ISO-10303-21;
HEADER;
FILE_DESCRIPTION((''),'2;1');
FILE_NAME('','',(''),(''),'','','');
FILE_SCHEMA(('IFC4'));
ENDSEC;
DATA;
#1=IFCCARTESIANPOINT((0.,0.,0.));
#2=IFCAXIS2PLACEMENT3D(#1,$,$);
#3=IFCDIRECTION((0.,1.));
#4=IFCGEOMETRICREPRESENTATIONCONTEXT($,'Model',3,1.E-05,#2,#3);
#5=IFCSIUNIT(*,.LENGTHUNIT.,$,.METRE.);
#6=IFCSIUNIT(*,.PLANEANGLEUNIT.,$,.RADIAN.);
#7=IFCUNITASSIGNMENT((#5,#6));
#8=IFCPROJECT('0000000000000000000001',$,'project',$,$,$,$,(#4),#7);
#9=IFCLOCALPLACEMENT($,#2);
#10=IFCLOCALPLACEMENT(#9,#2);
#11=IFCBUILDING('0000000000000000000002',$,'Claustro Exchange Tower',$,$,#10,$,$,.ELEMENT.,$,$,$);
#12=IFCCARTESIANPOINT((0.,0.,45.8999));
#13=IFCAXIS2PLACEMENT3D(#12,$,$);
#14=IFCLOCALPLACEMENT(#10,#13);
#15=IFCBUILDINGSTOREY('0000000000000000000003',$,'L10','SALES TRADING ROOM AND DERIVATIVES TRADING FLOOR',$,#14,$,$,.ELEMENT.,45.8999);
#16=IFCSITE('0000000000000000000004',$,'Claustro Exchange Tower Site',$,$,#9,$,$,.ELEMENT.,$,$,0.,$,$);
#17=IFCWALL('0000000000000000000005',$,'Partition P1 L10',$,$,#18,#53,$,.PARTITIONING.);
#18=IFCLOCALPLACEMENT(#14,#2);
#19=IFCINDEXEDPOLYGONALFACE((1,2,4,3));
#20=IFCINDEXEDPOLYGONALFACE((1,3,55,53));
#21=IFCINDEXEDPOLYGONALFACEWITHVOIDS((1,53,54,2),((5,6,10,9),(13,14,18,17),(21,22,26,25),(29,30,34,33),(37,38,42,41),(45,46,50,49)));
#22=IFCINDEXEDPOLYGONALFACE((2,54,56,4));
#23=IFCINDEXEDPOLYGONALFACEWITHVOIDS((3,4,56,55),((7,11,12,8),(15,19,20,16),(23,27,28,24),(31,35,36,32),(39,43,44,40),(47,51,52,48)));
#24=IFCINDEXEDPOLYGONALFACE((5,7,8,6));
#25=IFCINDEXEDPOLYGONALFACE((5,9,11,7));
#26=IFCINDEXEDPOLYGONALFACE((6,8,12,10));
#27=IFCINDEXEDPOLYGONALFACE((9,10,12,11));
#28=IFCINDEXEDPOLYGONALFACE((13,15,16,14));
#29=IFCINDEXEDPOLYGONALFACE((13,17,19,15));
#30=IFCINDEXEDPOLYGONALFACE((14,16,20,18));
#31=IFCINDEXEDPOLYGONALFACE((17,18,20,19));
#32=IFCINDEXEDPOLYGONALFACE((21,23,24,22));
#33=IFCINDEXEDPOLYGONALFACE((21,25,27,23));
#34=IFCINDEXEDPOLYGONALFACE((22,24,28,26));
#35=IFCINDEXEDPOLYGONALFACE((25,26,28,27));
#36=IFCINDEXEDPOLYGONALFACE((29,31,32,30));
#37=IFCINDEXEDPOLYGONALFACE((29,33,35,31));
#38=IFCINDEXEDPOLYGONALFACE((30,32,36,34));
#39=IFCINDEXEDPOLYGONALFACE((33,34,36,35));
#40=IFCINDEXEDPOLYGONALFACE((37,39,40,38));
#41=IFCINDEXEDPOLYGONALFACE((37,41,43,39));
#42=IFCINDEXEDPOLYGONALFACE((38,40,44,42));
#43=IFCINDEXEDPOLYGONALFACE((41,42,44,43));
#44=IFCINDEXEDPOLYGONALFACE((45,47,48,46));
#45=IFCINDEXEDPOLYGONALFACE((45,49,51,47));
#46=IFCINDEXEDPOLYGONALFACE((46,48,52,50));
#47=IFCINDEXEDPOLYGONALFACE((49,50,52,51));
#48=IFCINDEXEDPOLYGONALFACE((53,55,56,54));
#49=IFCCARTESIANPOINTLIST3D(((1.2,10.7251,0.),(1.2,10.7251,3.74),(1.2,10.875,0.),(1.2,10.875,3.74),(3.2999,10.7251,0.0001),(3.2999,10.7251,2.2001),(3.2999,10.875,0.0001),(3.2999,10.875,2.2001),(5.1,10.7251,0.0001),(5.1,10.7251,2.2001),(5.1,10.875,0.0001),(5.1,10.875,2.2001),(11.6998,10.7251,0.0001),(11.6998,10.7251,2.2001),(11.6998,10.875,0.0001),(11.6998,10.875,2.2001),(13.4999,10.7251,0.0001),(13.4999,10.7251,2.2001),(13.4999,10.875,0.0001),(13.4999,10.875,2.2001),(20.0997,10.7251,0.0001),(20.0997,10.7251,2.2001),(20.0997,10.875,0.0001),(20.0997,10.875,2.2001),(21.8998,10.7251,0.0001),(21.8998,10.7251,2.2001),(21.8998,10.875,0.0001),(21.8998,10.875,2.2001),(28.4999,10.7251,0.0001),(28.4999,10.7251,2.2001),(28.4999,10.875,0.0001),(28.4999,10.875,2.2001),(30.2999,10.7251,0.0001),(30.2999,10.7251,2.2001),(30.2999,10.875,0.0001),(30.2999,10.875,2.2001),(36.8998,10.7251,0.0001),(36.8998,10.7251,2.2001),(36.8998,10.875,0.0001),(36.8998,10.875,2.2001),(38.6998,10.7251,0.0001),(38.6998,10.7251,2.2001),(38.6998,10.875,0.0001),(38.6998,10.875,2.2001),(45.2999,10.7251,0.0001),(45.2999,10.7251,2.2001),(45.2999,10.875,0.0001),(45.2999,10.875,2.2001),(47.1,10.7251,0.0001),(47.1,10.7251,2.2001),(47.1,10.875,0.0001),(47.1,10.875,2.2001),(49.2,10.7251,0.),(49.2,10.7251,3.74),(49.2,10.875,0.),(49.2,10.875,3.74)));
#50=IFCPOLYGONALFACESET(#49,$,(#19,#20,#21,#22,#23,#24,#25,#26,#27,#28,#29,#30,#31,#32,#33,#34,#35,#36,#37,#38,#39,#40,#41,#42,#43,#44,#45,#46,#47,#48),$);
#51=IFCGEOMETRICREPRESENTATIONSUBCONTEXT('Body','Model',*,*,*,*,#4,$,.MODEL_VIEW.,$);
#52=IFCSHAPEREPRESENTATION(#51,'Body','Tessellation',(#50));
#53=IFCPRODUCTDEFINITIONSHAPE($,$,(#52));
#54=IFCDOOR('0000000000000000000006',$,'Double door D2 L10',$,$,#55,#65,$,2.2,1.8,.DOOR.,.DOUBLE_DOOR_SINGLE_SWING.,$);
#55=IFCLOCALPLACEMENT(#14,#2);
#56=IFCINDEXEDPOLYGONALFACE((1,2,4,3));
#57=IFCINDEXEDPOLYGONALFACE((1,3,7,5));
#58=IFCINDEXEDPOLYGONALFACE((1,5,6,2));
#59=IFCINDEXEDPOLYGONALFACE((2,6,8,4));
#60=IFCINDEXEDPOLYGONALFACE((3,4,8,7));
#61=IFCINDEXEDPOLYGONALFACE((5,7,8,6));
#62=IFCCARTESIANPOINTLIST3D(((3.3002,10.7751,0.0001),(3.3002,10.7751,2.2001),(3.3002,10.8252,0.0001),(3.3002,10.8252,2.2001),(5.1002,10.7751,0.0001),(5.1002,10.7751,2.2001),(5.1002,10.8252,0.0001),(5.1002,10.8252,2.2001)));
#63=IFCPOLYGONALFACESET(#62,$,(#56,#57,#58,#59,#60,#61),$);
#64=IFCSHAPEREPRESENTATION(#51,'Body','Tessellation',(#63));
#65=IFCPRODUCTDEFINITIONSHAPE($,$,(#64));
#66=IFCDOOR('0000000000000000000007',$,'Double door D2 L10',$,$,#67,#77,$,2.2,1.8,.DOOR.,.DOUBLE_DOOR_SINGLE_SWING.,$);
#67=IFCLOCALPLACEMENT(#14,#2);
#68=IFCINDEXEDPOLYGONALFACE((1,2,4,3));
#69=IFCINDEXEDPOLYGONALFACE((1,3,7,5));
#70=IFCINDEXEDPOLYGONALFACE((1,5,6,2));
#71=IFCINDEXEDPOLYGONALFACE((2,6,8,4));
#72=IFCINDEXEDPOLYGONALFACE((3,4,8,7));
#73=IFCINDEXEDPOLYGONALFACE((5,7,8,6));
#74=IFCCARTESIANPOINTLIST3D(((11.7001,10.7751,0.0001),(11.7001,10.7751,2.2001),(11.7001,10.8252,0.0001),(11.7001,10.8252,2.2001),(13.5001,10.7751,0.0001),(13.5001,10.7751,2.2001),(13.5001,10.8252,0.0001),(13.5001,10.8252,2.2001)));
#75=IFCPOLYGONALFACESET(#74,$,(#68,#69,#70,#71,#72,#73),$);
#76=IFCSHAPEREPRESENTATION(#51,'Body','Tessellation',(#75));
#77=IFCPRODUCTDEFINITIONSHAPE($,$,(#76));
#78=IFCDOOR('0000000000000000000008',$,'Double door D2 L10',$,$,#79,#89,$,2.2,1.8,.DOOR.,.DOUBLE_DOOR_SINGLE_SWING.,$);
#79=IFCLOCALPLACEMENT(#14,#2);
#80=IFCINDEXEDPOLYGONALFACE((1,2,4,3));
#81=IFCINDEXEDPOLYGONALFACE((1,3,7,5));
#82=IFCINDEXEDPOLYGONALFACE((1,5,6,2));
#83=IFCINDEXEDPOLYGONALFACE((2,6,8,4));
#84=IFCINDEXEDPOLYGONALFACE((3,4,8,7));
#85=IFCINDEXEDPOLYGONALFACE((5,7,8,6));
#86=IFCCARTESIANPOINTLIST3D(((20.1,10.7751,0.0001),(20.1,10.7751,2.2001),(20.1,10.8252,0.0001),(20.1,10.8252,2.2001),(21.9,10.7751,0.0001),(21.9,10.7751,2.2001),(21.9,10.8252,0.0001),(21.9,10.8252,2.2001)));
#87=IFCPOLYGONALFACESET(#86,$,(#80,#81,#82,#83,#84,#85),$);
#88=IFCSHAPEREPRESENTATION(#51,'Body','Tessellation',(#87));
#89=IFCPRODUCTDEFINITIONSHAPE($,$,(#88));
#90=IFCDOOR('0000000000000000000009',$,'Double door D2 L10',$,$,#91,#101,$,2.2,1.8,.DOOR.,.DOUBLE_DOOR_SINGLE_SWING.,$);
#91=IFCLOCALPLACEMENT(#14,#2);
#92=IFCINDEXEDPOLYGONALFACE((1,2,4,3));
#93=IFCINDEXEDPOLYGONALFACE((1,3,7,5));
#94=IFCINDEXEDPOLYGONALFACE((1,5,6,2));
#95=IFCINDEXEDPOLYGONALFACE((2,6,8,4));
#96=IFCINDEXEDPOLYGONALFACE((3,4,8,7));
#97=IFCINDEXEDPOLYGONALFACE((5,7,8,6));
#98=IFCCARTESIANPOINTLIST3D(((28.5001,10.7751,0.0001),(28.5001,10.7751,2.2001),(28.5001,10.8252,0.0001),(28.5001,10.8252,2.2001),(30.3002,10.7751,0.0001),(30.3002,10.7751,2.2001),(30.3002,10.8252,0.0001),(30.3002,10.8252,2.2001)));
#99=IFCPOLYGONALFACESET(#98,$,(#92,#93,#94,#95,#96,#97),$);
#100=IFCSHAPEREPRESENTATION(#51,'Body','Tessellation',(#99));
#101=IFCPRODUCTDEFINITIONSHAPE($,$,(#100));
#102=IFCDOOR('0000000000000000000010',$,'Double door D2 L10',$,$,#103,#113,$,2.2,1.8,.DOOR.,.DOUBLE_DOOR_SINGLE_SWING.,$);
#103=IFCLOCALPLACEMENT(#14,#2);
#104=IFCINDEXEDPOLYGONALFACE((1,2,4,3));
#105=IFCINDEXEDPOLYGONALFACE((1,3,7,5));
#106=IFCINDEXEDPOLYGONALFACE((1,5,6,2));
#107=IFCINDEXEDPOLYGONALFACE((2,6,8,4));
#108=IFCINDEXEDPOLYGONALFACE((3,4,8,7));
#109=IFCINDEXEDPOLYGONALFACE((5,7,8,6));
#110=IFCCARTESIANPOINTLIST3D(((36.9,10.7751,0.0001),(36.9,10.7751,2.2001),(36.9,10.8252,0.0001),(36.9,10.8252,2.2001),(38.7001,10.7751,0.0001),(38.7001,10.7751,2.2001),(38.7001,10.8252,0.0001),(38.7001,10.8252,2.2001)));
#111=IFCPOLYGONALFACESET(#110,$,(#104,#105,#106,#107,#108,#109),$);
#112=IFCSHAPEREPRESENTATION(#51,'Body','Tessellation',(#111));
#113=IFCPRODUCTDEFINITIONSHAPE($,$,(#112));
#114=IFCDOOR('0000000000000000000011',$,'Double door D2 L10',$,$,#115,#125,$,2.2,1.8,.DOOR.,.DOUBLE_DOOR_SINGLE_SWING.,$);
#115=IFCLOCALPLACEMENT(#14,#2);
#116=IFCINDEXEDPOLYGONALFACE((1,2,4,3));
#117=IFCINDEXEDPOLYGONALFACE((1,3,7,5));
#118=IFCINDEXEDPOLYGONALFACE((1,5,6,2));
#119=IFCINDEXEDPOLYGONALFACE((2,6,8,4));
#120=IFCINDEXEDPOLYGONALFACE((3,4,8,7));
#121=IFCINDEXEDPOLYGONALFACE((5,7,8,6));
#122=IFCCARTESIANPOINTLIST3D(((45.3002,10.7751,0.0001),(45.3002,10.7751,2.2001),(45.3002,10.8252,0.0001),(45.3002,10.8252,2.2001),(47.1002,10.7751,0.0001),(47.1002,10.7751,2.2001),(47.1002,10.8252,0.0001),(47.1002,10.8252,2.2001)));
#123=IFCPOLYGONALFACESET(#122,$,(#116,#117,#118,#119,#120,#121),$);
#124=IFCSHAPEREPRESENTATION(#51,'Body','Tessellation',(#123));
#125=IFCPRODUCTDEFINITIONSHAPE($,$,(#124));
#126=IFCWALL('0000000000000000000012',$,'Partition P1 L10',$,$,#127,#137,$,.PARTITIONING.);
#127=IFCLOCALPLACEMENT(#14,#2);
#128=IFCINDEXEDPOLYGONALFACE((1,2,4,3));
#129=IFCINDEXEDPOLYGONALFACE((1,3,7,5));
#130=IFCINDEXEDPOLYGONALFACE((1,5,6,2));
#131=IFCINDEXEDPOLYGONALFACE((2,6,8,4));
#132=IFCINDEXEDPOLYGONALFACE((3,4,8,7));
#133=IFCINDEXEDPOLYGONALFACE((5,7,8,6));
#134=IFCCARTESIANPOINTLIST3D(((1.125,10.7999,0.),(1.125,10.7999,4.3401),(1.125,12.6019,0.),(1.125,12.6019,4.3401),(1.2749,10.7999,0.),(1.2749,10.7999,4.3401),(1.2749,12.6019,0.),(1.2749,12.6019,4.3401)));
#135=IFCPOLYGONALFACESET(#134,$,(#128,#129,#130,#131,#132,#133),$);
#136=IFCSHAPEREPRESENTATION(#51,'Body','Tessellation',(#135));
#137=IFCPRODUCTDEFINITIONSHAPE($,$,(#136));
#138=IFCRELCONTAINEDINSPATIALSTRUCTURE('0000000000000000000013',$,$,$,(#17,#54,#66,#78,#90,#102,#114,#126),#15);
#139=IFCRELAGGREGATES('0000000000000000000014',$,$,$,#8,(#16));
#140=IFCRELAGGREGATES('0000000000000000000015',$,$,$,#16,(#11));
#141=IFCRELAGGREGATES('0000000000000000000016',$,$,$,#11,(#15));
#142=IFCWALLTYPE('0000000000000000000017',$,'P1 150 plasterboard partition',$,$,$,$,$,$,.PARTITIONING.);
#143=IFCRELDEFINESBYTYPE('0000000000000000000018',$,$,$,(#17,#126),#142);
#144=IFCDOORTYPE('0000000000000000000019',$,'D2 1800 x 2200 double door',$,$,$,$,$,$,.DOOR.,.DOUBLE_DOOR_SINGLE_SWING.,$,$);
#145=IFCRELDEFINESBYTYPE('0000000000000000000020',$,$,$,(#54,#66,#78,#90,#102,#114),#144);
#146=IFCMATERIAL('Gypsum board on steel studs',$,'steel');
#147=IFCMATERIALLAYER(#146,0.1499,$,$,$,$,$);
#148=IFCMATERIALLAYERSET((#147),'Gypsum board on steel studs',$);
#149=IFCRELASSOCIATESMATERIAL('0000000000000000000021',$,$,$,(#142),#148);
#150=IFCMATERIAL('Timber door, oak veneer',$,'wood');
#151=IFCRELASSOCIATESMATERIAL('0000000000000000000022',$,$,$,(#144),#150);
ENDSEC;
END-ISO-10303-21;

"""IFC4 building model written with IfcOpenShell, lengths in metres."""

from ifc_helpers import new_model, si_unit, direction, frame, frame_2d, origin, place, context, subcontext, project, spatial, rectangle, extrude, material, layer, layer_set, type_object, element, fill, save


model = new_model("IFC4")

# Units and contexts
model_context = context("Model", 3, precision=1e-05, world=origin(), true_north=direction((0.0, 1.0)))
body_context = subcontext(model_context, "Body", "Model", "MODEL_VIEW")
ifc_project = project(units=[si_unit("LENGTHUNIT", "METRE"), si_unit("PLANEANGLEUNIT", "RADIAN")], contexts=[model_context])

# Site, building, storey
site_placement = place(None, origin())
site = spatial("IfcSite", under=ifc_project, at=site_placement, Name="Claustro Exchange Tower Site", CompositionType="ELEMENT", RefElevation=0.0)
building_placement = place(site_placement, origin())
building = spatial("IfcBuilding", under=site, at=building_placement, Name="Claustro Exchange Tower", CompositionType="ELEMENT")
storey_placement = place(building_placement, frame((0.0, 0.0, 45.8999)))
storey = spatial("IfcBuildingStorey", under=building, at=storey_placement, Name="L10", Description="SALES TRADING ROOM AND DERIVATIVES TRADING FLOOR", CompositionType="ELEMENT", Elevation=45.8999)

# Wall, openings, doors
ifc_material_1 = material(Name="Gypsum board on steel studs", Category="steel")
ifc_layer_1 = layer(ifc_material_1, 0.1499)
ifc_layer_set_1 = layer_set([ifc_layer_1], Name="Gypsum board on steel studs")
wall_type_1 = type_object("IfcWallType", Name="P1 150 plasterboard partition", PredefinedType="PARTITIONING", material=ifc_layer_set_1)
wall_1_placement = place(storey_placement, frame((1.2, 10.8, 0.0), z_axis=(0.0, 0.0, 1.0), x_axis=(1.0, 0.0, 0.0)))
wall_1 = element("IfcWall", 1, at=wall_1_placement, inside=storey, type_object=wall_type_1, Name="Partition P1 L10", PredefinedType="PARTITIONING", context=body_context, shape_type="SweptSolid", body=[
    extrude(rectangle(XDim=48.0, YDim=0.1499, at=frame_2d((24.0, 0.0))), origin(), (0.0, 0.0, 1.0), 3.74),
])
opening_1_placement = place(wall_1_placement, frame((2.1001, 0.0, 0.0)))
opening_1 = element("IfcOpeningElement", 2, at=opening_1_placement, cuts=wall_1, PredefinedType="OPENING", context=body_context, shape_type="SweptSolid", body=[
    extrude(rectangle(XDim=1.8, YDim=2.2, at=frame_2d((0.8999, 1.1001))), frame((0.0, 0.085, 0.0), z_axis=(0.0, -1.0, 0.0), x_axis=(1.0, 0.0, 0.0)), (0.0, 0.0, 1.0), 0.1699),
])
opening_2_placement = place(wall_1_placement, frame((10.5, 0.0, 0.0)))
opening_2 = element("IfcOpeningElement", 3, at=opening_2_placement, cuts=wall_1, PredefinedType="OPENING", context=body_context, shape_type="SweptSolid", body=[
    extrude(rectangle(XDim=1.8, YDim=2.2, at=frame_2d((0.8999, 1.1001))), frame((0.0, 0.085, 0.0), z_axis=(0.0, -1.0, 0.0), x_axis=(1.0, 0.0, 0.0)), (0.0, 0.0, 1.0), 0.1699),
])
opening_3_placement = place(wall_1_placement, frame((18.8999, 0.0, 0.0)))
opening_3 = element("IfcOpeningElement", 4, at=opening_3_placement, cuts=wall_1, PredefinedType="OPENING", context=body_context, shape_type="SweptSolid", body=[
    extrude(rectangle(XDim=1.8, YDim=2.2, at=frame_2d((0.8999, 1.1001))), frame((0.0, 0.085, 0.0), z_axis=(0.0, -1.0, 0.0), x_axis=(1.0, 0.0, 0.0)), (0.0, 0.0, 1.0), 0.1699),
])
opening_4_placement = place(wall_1_placement, frame((27.3, 0.0, 0.0)))
opening_4 = element("IfcOpeningElement", 5, at=opening_4_placement, cuts=wall_1, PredefinedType="OPENING", context=body_context, shape_type="SweptSolid", body=[
    extrude(rectangle(XDim=1.8, YDim=2.2, at=frame_2d((0.8999, 1.1001))), frame((0.0, 0.085, 0.0), z_axis=(0.0, -1.0, 0.0), x_axis=(1.0, 0.0, 0.0)), (0.0, 0.0, 1.0), 0.1699),
])
opening_5_placement = place(wall_1_placement, frame((35.7, 0.0, 0.0)))
opening_5 = element("IfcOpeningElement", 6, at=opening_5_placement, cuts=wall_1, PredefinedType="OPENING", context=body_context, shape_type="SweptSolid", body=[
    extrude(rectangle(XDim=1.8, YDim=2.2, at=frame_2d((0.8999, 1.1001))), frame((0.0, 0.085, 0.0), z_axis=(0.0, -1.0, 0.0), x_axis=(1.0, 0.0, 0.0)), (0.0, 0.0, 1.0), 0.1699),
])
opening_6_placement = place(wall_1_placement, frame((44.1001, 0.0, 0.0)))
opening_6 = element("IfcOpeningElement", 7, at=opening_6_placement, cuts=wall_1, PredefinedType="OPENING", context=body_context, shape_type="SweptSolid", body=[
    extrude(rectangle(XDim=1.8, YDim=2.2, at=frame_2d((0.8999, 1.1001))), frame((0.0, 0.085, 0.0), z_axis=(0.0, -1.0, 0.0), x_axis=(1.0, 0.0, 0.0)), (0.0, 0.0, 1.0), 0.1699),
])
ifc_material_2 = material(Name="Timber door, oak veneer", Category="wood")
door_type_1 = type_object("IfcDoorType", Name="D2 1800 x 2200 double door", OperationType="DOUBLE_DOOR_SINGLE_SWING", PredefinedType="DOOR", material=ifc_material_2)
door_1_placement = place(opening_1_placement, frame((1.8, 0.0, 0.0), z_axis=(0.0, 0.0, 1.0), x_axis=(-1.0, 0.0, 0.0)))
door_1 = element("IfcDoor", 8, at=door_1_placement, inside=storey, type_object=door_type_1, Name="Double door D2 L10", OperationType="DOUBLE_DOOR_SINGLE_SWING", OverallHeight=2.2, OverallWidth=1.8, PredefinedType="DOOR", context=body_context, shape_type="SweptSolid", body=[
    extrude(rectangle(XDim=1.8, YDim=2.2, at=frame_2d((0.8999, 1.1001))), frame((0.0, 0.0249, 0.0), z_axis=(0.0, -1.0, 0.0), x_axis=(1.0, 0.0, 0.0)), (0.0, 0.0, 1.0), 0.05),
])
fill(opening_1, door_1)
door_2_placement = place(opening_2_placement, frame((1.8, 0.0, 0.0), z_axis=(0.0, 0.0, 1.0), x_axis=(-1.0, 0.0, 0.0)))
door_2 = element("IfcDoor", 9, at=door_2_placement, inside=storey, type_object=door_type_1, Name="Double door D2 L10", OperationType="DOUBLE_DOOR_SINGLE_SWING", OverallHeight=2.2, OverallWidth=1.8, PredefinedType="DOOR", context=body_context, shape_type="SweptSolid", body=[
    extrude(rectangle(XDim=1.8, YDim=2.2, at=frame_2d((0.8999, 1.1001))), frame((0.0, 0.0249, 0.0), z_axis=(0.0, -1.0, 0.0), x_axis=(1.0, 0.0, 0.0)), (0.0, 0.0, 1.0), 0.05),
])
fill(opening_2, door_2)
door_3_placement = place(opening_3_placement, frame((1.8, 0.0, 0.0), z_axis=(0.0, 0.0, 1.0), x_axis=(-1.0, 0.0, 0.0)))
door_3 = element("IfcDoor", 10, at=door_3_placement, inside=storey, type_object=door_type_1, Name="Double door D2 L10", OperationType="DOUBLE_DOOR_SINGLE_SWING", OverallHeight=2.2, OverallWidth=1.8, PredefinedType="DOOR", context=body_context, shape_type="SweptSolid", body=[
    extrude(rectangle(XDim=1.8, YDim=2.2, at=frame_2d((0.8999, 1.1001))), frame((0.0, 0.0249, 0.0), z_axis=(0.0, -1.0, 0.0), x_axis=(1.0, 0.0, 0.0)), (0.0, 0.0, 1.0), 0.05),
])
fill(opening_3, door_3)
door_4_placement = place(opening_4_placement, frame((1.8, 0.0, 0.0), z_axis=(0.0, 0.0, 1.0), x_axis=(-1.0, 0.0, 0.0)))
door_4 = element("IfcDoor", 11, at=door_4_placement, inside=storey, type_object=door_type_1, Name="Double door D2 L10", OperationType="DOUBLE_DOOR_SINGLE_SWING", OverallHeight=2.2, OverallWidth=1.8, PredefinedType="DOOR", context=body_context, shape_type="SweptSolid", body=[
    extrude(rectangle(XDim=1.8, YDim=2.2, at=frame_2d((0.8999, 1.1001))), frame((0.0, 0.0249, 0.0), z_axis=(0.0, -1.0, 0.0), x_axis=(1.0, 0.0, 0.0)), (0.0, 0.0, 1.0), 0.05),
])
fill(opening_4, door_4)
door_5_placement = place(opening_5_placement, frame((1.8, 0.0, 0.0), z_axis=(0.0, 0.0, 1.0), x_axis=(-1.0, 0.0, 0.0)))
door_5 = element("IfcDoor", 12, at=door_5_placement, inside=storey, type_object=door_type_1, Name="Double door D2 L10", OperationType="DOUBLE_DOOR_SINGLE_SWING", OverallHeight=2.2, OverallWidth=1.8, PredefinedType="DOOR", context=body_context, shape_type="SweptSolid", body=[
    extrude(rectangle(XDim=1.8, YDim=2.2, at=frame_2d((0.8999, 1.1001))), frame((0.0, 0.0249, 0.0), z_axis=(0.0, -1.0, 0.0), x_axis=(1.0, 0.0, 0.0)), (0.0, 0.0, 1.0), 0.05),
])
fill(opening_5, door_5)
door_6_placement = place(opening_6_placement, frame((1.8, 0.0, 0.0), z_axis=(0.0, 0.0, 1.0), x_axis=(-1.0, 0.0, 0.0)))
door_6 = element("IfcDoor", 13, at=door_6_placement, inside=storey, type_object=door_type_1, Name="Double door D2 L10", OperationType="DOUBLE_DOOR_SINGLE_SWING", OverallHeight=2.2, OverallWidth=1.8, PredefinedType="DOOR", context=body_context, shape_type="SweptSolid", body=[
    extrude(rectangle(XDim=1.8, YDim=2.2, at=frame_2d((0.8999, 1.1001))), frame((0.0, 0.0249, 0.0), z_axis=(0.0, -1.0, 0.0), x_axis=(1.0, 0.0, 0.0)), (0.0, 0.0, 1.0), 0.05),
])
fill(opening_6, door_6)

# Wall
wall_2_placement = place(storey_placement, frame((1.2, 10.8, 0.0), z_axis=(0.0, 0.0, 1.0), x_axis=(0.0, 1.0, 0.0)))
element("IfcWall", 14, at=wall_2_placement, inside=storey, type_object=wall_type_1, Name="Partition P1 L10", PredefinedType="PARTITIONING", context=body_context, shape_type="SweptSolid", body=[
    extrude(rectangle(XDim=1.802, YDim=0.1499, at=frame_2d((0.9009, 0.0))), origin(), (0.0, 0.0, 1.0), 4.3401),
])

save(model, "model.ifc")
